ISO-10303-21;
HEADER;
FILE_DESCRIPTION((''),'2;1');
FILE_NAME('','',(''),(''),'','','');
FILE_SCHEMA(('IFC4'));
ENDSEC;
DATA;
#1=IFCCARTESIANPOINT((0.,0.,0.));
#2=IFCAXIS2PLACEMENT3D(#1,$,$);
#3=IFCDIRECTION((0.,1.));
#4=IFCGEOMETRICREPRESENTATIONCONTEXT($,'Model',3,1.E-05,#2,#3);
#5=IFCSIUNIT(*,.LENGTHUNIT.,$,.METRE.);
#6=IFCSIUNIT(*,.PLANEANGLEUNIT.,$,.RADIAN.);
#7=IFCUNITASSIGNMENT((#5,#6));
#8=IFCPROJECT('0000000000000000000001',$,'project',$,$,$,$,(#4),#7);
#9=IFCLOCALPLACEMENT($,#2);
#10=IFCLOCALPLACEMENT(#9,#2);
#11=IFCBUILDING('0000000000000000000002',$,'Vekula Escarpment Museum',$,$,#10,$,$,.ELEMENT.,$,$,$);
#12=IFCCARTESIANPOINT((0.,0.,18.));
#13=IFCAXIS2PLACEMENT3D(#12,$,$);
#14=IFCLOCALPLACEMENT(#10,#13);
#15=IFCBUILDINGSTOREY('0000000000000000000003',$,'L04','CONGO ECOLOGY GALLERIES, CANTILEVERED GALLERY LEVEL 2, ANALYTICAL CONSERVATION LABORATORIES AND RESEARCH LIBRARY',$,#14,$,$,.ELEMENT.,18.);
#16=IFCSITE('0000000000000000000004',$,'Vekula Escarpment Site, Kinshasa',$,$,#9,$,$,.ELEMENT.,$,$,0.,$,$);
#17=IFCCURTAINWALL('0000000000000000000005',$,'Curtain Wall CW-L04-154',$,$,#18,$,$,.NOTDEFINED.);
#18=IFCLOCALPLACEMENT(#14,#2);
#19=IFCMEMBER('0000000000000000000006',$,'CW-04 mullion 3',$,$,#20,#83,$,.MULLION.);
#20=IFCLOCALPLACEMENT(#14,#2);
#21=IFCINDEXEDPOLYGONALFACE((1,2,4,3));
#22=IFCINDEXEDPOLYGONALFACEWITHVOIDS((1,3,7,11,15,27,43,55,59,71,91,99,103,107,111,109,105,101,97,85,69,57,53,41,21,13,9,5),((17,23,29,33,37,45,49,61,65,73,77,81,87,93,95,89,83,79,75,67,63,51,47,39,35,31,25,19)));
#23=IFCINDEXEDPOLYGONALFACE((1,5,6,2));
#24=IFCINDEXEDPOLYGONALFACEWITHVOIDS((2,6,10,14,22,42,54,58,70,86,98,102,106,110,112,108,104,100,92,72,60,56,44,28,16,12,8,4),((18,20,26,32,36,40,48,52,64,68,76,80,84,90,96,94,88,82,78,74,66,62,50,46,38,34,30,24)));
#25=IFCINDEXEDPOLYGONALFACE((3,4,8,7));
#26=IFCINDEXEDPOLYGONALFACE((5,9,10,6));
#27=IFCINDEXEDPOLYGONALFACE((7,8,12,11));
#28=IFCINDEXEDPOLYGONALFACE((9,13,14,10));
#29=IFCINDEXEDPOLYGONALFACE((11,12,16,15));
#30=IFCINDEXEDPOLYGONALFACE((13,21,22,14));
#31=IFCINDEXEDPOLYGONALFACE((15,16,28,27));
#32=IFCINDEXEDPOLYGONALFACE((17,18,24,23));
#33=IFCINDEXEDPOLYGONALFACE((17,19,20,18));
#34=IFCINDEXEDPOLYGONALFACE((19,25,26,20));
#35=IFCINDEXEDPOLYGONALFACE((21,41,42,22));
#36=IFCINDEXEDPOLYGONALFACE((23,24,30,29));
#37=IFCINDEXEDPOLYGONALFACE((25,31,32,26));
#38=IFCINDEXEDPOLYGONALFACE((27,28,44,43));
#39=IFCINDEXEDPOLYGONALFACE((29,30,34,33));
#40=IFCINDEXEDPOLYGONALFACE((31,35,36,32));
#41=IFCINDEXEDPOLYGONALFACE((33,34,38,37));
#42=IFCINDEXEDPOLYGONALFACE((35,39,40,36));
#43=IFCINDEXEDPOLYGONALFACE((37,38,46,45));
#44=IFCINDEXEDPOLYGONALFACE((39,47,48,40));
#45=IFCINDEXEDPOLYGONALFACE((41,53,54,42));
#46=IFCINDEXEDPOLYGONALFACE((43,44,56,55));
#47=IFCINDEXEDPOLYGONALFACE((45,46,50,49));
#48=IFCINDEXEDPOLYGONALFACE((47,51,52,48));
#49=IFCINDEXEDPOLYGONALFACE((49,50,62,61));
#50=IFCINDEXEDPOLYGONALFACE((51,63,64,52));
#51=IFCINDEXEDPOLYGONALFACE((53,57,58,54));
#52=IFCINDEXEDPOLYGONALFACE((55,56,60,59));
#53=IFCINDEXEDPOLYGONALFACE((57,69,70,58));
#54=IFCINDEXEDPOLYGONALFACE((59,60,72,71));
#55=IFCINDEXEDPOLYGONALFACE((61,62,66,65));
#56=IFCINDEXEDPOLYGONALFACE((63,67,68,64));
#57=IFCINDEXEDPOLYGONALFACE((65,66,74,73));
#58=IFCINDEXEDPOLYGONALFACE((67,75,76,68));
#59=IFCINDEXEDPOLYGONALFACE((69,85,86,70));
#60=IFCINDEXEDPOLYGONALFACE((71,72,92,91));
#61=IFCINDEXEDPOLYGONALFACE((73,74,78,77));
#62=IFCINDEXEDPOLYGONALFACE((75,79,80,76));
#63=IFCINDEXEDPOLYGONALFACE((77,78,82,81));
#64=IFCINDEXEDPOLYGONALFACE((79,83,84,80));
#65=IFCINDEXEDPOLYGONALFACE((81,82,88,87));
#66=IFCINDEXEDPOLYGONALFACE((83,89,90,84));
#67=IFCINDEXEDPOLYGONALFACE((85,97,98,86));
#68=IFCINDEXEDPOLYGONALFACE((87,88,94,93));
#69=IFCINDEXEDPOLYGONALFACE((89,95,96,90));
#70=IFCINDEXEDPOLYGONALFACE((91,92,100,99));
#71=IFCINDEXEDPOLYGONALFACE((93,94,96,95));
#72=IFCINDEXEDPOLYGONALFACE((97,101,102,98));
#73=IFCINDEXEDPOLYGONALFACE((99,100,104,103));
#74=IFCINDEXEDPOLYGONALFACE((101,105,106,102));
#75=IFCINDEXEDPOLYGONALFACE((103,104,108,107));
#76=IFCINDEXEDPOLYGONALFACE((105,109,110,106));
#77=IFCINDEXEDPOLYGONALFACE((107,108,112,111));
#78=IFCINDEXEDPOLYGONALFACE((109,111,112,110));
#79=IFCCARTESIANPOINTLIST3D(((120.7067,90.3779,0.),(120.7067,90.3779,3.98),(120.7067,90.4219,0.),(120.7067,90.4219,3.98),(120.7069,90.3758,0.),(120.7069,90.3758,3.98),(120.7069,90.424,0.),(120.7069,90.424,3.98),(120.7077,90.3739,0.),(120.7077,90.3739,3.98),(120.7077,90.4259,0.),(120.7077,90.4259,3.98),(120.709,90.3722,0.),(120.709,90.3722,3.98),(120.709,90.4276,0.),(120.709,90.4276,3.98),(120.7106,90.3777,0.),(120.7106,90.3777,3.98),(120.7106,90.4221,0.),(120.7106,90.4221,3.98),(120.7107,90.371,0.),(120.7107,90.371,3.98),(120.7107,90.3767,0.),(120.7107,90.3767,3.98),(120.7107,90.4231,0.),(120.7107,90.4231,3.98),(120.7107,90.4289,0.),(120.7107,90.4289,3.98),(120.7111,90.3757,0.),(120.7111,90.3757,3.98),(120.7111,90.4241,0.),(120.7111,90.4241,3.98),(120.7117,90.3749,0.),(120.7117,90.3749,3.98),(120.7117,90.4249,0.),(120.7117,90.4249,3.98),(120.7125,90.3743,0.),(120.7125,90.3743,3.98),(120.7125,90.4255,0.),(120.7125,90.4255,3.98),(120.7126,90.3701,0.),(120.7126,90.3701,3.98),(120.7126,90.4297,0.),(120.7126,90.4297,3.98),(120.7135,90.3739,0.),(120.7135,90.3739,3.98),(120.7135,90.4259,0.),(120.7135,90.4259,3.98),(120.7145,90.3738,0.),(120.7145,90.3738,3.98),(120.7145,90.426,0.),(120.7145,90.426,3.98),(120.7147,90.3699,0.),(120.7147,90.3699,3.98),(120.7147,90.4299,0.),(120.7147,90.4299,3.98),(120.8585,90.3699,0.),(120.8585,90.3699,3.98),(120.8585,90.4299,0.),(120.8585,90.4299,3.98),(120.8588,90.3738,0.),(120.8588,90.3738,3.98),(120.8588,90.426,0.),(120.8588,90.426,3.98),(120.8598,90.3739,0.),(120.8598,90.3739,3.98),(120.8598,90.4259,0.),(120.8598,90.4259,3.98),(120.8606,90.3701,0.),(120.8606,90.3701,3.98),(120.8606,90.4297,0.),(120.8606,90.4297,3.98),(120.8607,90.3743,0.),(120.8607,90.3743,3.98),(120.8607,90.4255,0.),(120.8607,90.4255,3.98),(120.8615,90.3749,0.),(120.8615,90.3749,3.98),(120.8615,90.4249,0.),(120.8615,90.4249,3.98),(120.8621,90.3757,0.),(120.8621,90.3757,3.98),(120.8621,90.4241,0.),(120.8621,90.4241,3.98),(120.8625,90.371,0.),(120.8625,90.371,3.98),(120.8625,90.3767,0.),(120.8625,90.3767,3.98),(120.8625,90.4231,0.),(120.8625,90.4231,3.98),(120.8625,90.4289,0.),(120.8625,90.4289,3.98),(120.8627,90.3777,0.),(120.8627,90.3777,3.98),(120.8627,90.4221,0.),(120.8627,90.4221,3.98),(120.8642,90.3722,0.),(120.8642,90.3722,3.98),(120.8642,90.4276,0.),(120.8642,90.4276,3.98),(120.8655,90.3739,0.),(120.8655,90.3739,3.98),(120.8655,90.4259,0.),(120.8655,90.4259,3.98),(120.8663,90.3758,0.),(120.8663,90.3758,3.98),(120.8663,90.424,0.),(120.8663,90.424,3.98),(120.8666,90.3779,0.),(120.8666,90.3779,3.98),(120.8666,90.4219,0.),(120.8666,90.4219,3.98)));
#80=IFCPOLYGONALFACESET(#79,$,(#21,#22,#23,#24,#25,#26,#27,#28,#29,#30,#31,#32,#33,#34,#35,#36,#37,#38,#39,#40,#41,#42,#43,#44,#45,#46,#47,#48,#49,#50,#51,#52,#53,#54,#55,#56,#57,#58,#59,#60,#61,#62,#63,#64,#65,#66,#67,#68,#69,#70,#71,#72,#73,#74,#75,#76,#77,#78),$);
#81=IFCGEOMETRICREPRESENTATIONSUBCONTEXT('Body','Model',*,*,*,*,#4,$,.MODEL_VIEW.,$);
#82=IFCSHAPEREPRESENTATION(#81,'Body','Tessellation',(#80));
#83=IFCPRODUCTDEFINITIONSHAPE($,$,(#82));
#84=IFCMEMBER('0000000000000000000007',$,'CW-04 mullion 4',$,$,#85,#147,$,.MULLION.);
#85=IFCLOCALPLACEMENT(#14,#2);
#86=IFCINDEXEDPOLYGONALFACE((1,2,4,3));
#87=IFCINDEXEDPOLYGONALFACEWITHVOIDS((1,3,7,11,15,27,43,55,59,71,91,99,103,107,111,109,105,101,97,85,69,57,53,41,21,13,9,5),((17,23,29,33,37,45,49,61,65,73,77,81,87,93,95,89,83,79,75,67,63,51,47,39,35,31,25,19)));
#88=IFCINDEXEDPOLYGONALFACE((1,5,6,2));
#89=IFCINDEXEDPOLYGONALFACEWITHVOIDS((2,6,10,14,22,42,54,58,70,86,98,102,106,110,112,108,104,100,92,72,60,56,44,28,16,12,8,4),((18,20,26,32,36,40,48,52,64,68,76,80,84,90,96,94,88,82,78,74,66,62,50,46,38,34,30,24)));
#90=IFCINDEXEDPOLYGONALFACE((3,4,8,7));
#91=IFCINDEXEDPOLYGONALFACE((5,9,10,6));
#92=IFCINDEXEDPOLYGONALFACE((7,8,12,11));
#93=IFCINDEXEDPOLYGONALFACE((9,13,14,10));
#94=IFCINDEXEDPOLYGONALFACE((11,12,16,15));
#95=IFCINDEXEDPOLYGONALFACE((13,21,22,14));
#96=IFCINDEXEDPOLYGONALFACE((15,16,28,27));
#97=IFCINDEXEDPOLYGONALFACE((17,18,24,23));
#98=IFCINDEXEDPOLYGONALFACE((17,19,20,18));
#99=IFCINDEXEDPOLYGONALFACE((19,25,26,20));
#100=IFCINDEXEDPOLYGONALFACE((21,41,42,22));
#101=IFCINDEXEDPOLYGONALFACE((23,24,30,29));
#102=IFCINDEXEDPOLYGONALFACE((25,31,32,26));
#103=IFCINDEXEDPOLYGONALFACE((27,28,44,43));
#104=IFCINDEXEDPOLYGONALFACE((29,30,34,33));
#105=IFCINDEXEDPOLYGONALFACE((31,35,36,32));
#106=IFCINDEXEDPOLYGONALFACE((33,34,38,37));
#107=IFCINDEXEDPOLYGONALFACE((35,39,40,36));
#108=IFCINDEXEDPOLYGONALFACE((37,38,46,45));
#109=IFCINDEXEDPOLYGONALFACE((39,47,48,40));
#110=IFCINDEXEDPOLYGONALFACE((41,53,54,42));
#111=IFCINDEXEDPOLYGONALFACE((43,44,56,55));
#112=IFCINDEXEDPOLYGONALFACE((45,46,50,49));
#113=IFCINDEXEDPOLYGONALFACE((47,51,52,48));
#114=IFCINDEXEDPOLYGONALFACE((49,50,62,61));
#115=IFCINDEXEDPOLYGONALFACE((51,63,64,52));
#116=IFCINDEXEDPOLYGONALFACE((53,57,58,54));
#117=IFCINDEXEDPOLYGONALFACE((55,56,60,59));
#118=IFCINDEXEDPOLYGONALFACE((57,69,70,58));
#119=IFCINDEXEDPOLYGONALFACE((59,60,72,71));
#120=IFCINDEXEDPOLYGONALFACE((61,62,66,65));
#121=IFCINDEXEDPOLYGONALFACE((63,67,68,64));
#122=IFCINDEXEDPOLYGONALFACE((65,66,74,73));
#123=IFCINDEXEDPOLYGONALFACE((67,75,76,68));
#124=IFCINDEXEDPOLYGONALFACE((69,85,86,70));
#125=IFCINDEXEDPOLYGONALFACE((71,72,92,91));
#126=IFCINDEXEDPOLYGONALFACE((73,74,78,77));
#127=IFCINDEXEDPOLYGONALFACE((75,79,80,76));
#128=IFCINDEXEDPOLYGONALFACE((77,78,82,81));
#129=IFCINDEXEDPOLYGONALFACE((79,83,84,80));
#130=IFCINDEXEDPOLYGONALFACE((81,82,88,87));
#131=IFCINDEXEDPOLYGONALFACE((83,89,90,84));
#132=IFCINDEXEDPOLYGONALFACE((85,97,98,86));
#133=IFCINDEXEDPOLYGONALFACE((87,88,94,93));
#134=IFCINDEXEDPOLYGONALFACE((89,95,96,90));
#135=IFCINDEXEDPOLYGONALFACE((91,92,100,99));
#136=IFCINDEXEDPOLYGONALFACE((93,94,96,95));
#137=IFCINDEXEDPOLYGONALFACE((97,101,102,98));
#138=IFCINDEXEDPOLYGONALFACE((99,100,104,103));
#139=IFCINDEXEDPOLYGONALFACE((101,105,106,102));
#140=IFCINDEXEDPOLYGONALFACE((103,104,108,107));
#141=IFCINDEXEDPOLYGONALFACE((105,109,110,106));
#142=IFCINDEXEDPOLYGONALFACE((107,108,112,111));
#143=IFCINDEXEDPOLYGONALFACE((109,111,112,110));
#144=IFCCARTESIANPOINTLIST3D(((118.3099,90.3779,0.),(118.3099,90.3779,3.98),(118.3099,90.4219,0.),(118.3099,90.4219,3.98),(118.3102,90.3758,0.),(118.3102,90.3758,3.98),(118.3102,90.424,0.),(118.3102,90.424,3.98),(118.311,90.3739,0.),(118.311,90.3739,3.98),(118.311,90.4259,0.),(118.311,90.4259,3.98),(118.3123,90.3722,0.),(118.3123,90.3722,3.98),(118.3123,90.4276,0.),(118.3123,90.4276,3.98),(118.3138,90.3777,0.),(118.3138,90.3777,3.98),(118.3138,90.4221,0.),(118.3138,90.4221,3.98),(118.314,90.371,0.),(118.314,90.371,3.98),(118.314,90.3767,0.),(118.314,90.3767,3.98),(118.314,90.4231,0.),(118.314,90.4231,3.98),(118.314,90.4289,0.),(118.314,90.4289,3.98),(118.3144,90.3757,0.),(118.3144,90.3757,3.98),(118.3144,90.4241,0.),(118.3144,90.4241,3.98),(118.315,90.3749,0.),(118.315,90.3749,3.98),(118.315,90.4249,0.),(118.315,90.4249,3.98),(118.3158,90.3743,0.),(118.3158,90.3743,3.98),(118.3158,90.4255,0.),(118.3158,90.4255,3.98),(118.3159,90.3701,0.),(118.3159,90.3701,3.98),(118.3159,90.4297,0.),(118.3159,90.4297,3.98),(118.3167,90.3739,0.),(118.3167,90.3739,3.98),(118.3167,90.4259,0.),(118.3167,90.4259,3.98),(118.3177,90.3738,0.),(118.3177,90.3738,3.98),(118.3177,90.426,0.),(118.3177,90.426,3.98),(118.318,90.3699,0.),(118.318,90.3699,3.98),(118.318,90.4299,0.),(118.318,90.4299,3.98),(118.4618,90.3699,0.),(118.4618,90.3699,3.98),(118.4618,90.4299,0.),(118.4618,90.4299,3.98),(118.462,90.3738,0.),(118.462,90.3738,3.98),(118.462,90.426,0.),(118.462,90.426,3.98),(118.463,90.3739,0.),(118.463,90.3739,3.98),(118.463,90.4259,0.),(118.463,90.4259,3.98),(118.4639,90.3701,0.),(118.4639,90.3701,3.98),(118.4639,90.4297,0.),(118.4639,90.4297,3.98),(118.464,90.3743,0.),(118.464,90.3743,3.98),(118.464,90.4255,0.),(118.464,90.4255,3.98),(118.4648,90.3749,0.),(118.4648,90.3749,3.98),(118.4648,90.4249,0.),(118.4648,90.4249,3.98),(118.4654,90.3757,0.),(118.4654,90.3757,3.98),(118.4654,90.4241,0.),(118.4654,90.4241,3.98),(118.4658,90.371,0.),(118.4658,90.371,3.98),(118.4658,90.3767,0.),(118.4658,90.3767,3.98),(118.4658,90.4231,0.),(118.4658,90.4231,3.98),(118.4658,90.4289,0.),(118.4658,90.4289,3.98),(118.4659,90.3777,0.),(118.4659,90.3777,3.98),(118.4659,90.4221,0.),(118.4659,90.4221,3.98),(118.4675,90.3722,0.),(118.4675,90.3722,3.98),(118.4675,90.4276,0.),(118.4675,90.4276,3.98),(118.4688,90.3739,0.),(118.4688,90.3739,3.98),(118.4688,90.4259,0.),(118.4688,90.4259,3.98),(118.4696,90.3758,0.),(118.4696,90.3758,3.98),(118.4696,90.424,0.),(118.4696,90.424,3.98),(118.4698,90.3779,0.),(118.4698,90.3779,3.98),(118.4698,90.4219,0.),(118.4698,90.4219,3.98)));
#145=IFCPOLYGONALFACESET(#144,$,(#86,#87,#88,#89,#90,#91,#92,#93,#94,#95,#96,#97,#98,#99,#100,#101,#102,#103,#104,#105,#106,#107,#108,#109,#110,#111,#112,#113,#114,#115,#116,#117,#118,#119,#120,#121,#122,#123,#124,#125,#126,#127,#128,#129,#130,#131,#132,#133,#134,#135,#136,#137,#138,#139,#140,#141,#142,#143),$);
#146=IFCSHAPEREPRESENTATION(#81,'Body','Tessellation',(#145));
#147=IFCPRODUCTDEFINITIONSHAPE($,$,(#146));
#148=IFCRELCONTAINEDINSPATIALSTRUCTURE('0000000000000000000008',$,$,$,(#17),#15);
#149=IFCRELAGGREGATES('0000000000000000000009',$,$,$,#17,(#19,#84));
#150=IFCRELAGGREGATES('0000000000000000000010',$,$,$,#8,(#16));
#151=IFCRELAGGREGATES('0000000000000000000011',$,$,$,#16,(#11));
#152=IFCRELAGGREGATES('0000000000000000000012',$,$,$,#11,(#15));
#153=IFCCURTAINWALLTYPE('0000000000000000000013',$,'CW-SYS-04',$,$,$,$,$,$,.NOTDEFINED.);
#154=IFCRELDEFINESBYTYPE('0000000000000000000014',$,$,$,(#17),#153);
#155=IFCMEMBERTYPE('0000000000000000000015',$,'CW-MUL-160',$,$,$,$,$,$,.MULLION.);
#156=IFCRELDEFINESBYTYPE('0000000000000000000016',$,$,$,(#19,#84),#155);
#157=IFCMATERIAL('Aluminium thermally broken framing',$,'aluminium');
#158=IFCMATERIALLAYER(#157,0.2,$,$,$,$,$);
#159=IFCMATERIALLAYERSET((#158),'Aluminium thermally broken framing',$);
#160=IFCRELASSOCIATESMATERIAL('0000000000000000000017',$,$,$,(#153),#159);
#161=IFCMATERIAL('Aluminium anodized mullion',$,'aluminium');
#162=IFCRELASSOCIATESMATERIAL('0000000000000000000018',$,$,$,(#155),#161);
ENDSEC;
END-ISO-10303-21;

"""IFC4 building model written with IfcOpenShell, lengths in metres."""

from ifc_helpers import new_model, si_unit, direction, frame, origin, origin_2d, place, context, subcontext, project, spatial, hollow_rectangle, extrude, material, layer, layer_set, material_profile, profile_set, type_object, element, aggregate, save


model = new_model("IFC4")

# Units and contexts
model_context = context("Model", 3, precision=1e-05, world=origin(), true_north=direction((0.0, 1.0)))
body_context = subcontext(model_context, "Body", "Model", "MODEL_VIEW")
ifc_project = project(units=[si_unit("LENGTHUNIT", "METRE"), si_unit("PLANEANGLEUNIT", "RADIAN")], contexts=[model_context])

# Site, building, storey
site_placement = place(None, origin())
site = spatial("IfcSite", under=ifc_project, at=site_placement, Name="Vekula Escarpment Site, Kinshasa", CompositionType="ELEMENT", RefElevation=0.0)
building_placement = place(site_placement, origin())
building = spatial("IfcBuilding", under=site, at=building_placement, Name="Vekula Escarpment Museum", CompositionType="ELEMENT")
storey_placement = place(building_placement, frame((0.0, 0.0, 18.0)))
storey = spatial("IfcBuildingStorey", under=building, at=storey_placement, Name="L04", Description="CONGO ECOLOGY GALLERIES, CANTILEVERED GALLERY LEVEL 2, ANALYTICAL CONSERVATION LABORATORIES AND RESEARCH LIBRARY", CompositionType="ELEMENT", Elevation=18.0)

# Curtain wall, members
ifc_material_1 = material(Name="Aluminium thermally broken framing", Category="aluminium")
ifc_layer_1 = layer(ifc_material_1, 0.2)
ifc_layer_set_1 = layer_set([ifc_layer_1], Name="Aluminium thermally broken framing")
curtain_wall_type_1 = type_object("IfcCurtainWallType", Name="CW-SYS-04", PredefinedType="NOTDEFINED", material=ifc_layer_set_1)
curtain_wall_1_placement = place(storey_placement, origin())
curtain_wall_1 = element("IfcCurtainWall", 1, at=curtain_wall_1_placement, inside=storey, type_object=curtain_wall_type_1, Name="Curtain Wall CW-L04-154", PredefinedType="NOTDEFINED")
ifc_material_2 = material(Name="Aluminium anodized mullion", Category="aluminium")
ifc_material_profile_1 = material_profile(ifc_material_2, hollow_rectangle(XDim=0.0601, YDim=0.1599, WallThickness=0.0039, InnerFilletRadius=0.0039, OuterFilletRadius=0.0081, at=origin_2d()), Name="ALU 160x60x4")
ifc_profile_set_1 = profile_set([ifc_material_profile_1], Name="Aluminium anodized mullion")
member_type_1 = type_object("IfcMemberType", Name="CW-MUL-160", PredefinedType="MULLION", material=ifc_profile_set_1)
member_1_placement = place(storey_placement, frame((120.7866, 90.3999, 0.0), z_axis=(0.0, 0.0, 1.0), x_axis=(0.0, -1.0, 0.0)))
member_1 = element("IfcMember", 2, at=member_1_placement, type_object=member_type_1, Name="CW-04 mullion 3", PredefinedType="MULLION", context=body_context, shape_type="SweptSolid", body=[
    extrude(hollow_rectangle(XDim=0.0601, YDim=0.1599, WallThickness=0.0039, InnerFilletRadius=0.0039, OuterFilletRadius=0.0081, at=origin_2d()), origin(), (0.0, 0.0, 1.0), 3.98),
])
member_2_placement = place(storey_placement, frame((118.3899, 90.3999, 0.0), z_axis=(0.0, 0.0, 1.0), x_axis=(0.0, -1.0, 0.0)))
member_2 = element("IfcMember", 3, at=member_2_placement, type_object=member_type_1, Name="CW-04 mullion 4", PredefinedType="MULLION", context=body_context, shape_type="SweptSolid", body=[
    extrude(hollow_rectangle(XDim=0.0601, YDim=0.1599, WallThickness=0.0039, InnerFilletRadius=0.0039, OuterFilletRadius=0.0081, at=origin_2d()), origin(), (0.0, 0.0, 1.0), 3.98),
])

aggregate(curtain_wall_1, [member_1, member_2])

save(model, "model.ifc")
